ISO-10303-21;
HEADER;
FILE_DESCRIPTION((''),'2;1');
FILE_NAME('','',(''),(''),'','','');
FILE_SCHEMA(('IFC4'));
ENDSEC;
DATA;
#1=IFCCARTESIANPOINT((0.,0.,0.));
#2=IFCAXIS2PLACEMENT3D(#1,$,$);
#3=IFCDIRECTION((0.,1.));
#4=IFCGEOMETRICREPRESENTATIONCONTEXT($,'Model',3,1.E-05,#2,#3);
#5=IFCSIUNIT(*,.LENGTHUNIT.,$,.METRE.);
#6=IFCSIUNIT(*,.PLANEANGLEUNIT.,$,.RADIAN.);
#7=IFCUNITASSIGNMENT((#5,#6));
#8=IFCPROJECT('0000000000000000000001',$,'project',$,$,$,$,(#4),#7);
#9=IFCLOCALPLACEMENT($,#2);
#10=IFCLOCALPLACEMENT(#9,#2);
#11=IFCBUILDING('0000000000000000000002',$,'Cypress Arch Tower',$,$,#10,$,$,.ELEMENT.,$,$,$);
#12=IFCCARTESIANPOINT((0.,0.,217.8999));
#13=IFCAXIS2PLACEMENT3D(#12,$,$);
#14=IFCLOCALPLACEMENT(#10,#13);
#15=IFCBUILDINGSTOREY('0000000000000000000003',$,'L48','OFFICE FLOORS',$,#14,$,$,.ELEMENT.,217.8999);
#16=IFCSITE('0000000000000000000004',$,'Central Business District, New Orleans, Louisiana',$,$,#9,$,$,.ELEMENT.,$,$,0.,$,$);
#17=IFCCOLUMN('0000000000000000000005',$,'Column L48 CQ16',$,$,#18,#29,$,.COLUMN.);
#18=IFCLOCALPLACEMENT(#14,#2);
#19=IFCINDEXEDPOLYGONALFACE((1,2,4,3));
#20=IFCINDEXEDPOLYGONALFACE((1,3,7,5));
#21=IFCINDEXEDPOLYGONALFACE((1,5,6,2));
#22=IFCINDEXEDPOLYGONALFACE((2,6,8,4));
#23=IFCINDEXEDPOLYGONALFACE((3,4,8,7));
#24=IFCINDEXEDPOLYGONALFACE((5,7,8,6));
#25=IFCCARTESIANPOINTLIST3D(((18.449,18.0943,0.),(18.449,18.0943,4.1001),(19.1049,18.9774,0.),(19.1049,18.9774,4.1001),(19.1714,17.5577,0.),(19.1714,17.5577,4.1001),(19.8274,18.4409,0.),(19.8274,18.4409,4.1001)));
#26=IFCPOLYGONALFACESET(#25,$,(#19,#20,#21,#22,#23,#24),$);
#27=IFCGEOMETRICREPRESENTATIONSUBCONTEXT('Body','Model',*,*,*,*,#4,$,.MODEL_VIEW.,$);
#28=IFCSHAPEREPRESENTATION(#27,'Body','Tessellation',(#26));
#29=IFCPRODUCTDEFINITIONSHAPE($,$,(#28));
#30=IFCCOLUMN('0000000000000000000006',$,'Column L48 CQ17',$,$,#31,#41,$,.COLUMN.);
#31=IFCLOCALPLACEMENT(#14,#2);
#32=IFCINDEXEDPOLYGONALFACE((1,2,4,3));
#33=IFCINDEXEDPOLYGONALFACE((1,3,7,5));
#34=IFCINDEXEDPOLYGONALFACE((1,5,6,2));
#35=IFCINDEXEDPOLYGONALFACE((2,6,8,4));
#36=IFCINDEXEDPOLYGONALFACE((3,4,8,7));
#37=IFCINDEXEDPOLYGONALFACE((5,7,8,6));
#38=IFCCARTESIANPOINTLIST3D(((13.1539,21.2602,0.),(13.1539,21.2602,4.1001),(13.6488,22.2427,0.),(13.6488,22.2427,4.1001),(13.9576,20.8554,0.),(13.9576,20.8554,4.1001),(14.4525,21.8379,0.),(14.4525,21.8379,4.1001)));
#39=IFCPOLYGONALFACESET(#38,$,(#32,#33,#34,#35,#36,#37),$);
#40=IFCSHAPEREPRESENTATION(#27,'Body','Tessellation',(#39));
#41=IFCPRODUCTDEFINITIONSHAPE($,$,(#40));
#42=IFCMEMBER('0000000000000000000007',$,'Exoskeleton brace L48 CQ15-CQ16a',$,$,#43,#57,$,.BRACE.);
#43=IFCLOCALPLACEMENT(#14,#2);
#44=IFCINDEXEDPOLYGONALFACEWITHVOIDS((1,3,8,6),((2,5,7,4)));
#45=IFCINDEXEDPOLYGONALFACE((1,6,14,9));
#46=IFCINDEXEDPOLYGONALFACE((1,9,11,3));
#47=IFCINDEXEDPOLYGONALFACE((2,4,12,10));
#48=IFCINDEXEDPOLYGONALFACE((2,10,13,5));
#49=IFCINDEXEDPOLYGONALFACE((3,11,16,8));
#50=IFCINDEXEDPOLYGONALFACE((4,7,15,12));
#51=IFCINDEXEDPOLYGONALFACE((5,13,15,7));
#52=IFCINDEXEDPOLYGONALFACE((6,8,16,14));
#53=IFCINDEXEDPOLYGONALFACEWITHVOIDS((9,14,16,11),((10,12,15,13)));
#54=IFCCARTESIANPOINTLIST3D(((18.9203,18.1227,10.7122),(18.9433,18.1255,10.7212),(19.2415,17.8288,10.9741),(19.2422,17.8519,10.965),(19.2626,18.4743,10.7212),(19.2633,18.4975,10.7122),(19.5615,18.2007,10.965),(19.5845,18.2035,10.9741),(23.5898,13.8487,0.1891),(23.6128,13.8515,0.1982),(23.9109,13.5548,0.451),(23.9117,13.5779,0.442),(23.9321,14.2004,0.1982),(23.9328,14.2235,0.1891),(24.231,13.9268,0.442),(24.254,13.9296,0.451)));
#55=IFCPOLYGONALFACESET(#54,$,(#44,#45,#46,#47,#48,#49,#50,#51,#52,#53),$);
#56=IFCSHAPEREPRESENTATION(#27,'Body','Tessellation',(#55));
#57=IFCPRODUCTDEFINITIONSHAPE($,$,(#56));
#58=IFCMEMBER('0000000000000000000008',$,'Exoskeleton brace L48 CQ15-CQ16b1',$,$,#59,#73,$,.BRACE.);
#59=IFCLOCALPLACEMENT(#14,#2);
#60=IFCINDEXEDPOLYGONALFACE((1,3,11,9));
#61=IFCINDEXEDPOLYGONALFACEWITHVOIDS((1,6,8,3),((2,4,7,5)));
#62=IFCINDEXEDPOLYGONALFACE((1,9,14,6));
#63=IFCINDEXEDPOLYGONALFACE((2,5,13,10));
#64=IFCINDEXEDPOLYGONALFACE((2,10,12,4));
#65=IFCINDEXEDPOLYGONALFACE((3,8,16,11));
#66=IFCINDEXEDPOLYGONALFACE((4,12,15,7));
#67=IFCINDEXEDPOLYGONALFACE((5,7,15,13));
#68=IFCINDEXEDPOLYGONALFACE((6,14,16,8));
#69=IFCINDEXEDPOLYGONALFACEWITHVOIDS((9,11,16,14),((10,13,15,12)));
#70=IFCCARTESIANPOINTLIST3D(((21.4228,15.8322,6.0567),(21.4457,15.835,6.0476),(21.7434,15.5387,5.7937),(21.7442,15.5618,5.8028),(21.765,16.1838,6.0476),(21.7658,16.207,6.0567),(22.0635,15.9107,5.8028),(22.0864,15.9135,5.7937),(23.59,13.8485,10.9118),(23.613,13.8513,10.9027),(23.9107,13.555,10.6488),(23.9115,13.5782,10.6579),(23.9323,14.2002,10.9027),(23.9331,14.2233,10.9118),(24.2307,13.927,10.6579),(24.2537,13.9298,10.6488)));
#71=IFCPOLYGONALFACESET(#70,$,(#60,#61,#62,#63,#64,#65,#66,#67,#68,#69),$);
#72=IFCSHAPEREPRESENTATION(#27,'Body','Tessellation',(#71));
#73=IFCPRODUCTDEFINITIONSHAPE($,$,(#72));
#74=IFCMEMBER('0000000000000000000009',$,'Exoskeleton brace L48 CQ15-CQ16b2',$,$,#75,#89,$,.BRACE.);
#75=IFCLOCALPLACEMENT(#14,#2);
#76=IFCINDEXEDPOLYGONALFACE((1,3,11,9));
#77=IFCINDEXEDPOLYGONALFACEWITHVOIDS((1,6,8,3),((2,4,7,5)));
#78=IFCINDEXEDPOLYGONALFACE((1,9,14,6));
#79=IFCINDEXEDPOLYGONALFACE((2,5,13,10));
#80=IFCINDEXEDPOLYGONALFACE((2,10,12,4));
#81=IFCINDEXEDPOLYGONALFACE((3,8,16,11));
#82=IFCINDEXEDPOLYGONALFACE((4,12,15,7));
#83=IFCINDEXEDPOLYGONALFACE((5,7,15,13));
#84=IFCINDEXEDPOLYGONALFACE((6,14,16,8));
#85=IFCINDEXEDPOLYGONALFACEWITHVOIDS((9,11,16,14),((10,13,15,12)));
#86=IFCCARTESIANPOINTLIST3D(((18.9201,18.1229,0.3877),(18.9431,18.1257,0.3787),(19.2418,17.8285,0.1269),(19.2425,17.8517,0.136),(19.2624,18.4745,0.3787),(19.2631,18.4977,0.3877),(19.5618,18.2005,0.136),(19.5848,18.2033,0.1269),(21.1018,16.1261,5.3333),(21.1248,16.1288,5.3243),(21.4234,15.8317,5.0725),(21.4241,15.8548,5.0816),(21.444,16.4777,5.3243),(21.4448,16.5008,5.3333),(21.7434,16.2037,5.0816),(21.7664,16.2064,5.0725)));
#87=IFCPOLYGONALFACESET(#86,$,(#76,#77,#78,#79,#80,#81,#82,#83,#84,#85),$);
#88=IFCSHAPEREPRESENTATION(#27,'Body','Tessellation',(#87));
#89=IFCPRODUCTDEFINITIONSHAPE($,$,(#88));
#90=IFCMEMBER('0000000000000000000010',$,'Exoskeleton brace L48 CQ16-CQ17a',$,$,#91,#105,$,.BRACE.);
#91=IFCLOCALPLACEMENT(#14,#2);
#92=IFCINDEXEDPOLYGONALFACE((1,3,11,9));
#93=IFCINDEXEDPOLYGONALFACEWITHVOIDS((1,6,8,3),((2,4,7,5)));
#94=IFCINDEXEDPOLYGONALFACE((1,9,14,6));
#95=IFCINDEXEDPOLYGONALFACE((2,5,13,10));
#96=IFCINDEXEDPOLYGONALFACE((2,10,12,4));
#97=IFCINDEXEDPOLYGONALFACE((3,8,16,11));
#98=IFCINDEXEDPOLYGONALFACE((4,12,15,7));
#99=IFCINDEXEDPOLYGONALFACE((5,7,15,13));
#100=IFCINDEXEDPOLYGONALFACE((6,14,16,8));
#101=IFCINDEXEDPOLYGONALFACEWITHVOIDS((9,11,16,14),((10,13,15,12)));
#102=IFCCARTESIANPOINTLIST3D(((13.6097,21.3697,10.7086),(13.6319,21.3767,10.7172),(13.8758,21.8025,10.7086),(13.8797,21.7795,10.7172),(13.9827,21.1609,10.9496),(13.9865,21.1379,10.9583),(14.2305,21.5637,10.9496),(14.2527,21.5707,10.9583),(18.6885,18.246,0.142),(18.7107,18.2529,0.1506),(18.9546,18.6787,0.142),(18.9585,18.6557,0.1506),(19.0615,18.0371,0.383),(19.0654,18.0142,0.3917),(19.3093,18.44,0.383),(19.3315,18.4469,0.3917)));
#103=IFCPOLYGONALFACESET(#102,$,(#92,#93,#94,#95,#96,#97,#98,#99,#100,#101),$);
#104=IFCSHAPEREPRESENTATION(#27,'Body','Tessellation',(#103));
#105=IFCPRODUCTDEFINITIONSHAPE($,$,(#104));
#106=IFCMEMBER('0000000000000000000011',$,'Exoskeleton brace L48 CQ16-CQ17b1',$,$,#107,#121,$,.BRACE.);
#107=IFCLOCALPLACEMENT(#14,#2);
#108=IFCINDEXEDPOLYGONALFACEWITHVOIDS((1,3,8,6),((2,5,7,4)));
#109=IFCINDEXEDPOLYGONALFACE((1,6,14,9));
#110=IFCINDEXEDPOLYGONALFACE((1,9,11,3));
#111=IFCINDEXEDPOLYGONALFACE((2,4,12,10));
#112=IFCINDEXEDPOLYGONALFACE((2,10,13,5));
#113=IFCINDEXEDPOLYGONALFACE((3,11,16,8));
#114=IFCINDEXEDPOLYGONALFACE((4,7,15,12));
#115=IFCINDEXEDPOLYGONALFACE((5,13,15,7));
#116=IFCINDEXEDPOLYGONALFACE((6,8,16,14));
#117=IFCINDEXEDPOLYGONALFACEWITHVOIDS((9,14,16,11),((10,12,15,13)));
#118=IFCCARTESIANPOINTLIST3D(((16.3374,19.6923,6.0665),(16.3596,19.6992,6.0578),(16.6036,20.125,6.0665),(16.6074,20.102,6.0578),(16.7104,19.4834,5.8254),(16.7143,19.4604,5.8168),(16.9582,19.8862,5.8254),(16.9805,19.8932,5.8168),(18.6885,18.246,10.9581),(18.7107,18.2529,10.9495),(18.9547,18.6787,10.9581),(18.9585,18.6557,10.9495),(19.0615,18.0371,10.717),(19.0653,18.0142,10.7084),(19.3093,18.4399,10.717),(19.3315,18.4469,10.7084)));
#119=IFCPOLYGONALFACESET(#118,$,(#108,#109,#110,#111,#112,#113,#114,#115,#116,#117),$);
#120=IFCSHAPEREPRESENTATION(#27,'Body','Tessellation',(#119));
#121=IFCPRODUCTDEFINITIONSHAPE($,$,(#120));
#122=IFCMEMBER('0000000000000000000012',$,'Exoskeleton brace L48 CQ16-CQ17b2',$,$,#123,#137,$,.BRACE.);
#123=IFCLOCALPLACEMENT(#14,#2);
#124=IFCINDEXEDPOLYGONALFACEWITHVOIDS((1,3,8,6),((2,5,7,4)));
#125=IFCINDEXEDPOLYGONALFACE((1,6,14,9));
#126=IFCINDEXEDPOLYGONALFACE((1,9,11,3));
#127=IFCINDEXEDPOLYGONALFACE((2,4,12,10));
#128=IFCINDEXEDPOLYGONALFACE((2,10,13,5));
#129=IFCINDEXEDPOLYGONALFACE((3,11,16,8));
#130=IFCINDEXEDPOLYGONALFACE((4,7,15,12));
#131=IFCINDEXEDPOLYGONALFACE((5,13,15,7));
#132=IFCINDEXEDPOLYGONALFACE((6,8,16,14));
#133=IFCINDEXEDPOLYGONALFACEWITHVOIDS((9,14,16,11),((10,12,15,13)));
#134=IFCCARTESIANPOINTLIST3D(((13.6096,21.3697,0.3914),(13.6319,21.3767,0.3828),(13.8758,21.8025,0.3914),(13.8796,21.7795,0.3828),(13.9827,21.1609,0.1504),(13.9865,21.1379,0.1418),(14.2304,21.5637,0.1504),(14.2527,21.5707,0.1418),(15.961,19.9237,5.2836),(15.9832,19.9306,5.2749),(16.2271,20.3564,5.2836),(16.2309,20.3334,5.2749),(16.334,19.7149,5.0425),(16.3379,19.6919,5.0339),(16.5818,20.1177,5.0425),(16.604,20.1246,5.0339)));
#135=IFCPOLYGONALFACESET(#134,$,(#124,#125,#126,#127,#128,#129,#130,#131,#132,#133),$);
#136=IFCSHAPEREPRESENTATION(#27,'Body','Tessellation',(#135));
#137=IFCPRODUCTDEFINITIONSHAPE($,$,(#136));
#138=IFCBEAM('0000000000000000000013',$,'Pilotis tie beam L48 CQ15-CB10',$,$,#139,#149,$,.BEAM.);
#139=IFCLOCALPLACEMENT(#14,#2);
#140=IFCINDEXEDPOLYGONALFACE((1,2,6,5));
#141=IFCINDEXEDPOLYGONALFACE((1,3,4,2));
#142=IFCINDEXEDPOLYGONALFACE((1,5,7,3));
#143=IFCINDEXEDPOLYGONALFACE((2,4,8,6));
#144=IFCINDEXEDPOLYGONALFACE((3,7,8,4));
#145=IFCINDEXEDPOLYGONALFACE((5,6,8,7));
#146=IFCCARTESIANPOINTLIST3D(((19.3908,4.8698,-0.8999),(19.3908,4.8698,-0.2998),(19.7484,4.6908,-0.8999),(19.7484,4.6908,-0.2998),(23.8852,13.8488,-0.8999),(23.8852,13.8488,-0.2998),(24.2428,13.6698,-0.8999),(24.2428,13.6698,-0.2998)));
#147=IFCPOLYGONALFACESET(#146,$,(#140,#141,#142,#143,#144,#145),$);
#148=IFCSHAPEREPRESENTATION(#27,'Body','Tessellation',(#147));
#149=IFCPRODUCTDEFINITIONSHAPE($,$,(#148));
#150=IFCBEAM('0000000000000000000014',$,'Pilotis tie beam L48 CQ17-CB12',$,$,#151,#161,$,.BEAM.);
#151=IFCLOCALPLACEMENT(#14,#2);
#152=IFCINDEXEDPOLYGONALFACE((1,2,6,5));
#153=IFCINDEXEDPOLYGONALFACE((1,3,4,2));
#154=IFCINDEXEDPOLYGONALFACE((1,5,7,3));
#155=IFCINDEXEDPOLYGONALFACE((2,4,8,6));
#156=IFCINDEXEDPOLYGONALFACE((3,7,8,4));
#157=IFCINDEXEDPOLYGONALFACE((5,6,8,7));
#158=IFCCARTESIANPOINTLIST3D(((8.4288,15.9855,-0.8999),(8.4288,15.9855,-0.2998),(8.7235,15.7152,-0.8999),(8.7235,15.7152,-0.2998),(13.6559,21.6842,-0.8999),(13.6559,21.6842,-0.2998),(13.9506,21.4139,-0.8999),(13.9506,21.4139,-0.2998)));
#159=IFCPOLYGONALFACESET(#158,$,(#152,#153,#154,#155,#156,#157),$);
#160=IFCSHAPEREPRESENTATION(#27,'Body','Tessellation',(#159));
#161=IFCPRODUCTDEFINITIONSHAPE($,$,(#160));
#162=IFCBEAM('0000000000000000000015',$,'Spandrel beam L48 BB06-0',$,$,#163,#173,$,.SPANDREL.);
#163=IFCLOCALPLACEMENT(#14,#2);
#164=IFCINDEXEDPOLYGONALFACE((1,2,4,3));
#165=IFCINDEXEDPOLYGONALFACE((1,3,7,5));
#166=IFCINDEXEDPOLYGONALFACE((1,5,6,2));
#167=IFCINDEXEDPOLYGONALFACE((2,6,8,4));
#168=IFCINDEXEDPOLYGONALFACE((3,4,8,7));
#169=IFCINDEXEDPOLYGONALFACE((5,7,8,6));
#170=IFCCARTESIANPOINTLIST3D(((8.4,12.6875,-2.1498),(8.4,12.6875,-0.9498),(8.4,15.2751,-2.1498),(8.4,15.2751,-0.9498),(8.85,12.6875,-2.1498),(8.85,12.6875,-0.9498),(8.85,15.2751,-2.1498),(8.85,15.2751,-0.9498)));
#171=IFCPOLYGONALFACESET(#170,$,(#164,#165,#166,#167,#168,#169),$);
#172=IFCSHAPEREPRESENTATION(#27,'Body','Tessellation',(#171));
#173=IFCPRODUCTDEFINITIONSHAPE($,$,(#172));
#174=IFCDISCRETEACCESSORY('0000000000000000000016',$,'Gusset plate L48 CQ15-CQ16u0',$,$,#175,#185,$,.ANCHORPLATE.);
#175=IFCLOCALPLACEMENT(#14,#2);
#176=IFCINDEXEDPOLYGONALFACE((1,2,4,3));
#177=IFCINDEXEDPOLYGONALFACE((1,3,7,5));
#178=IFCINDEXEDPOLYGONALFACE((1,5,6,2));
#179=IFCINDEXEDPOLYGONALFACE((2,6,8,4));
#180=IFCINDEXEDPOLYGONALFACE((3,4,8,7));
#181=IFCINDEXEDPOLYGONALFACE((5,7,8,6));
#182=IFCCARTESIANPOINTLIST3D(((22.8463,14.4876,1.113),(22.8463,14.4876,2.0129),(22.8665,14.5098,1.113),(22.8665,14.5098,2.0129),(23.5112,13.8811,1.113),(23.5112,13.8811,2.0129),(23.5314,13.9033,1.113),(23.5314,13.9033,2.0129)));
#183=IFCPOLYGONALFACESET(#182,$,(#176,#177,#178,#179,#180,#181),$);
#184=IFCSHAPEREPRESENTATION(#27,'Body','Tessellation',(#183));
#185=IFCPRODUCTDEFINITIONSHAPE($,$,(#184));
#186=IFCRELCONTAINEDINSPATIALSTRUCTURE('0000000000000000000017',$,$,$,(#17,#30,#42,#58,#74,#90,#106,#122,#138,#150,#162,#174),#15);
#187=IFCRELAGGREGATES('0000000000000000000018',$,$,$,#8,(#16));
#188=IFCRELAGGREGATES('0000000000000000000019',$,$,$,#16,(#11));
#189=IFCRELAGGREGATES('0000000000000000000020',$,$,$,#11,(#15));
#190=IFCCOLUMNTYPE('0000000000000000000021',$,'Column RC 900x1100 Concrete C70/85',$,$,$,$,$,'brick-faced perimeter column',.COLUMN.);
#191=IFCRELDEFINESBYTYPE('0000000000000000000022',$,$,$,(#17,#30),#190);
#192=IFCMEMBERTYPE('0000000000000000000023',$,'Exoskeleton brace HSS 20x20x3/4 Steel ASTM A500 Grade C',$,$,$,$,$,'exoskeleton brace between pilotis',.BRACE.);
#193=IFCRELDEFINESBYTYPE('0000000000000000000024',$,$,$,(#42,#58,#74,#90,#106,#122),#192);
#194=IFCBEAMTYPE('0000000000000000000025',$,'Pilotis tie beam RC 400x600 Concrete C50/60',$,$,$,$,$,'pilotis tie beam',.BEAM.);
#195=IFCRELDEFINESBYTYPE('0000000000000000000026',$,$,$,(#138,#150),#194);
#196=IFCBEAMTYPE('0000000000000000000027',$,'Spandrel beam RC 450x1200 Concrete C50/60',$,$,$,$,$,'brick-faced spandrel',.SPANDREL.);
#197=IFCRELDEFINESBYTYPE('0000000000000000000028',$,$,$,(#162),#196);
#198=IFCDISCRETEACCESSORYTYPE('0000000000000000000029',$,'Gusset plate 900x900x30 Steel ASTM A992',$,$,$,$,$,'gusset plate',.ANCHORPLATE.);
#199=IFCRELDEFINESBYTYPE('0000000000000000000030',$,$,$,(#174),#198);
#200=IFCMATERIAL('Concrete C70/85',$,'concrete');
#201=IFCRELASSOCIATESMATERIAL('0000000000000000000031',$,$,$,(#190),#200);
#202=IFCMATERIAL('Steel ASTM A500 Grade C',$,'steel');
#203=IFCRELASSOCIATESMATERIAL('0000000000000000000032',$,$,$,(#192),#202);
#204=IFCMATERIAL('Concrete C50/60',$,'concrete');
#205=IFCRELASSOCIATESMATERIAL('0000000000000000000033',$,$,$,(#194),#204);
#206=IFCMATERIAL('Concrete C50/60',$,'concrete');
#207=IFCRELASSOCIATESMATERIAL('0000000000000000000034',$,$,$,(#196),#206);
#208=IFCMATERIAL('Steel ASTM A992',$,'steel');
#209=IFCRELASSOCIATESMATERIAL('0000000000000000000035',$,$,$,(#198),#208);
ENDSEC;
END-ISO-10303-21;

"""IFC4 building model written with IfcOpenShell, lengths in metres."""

from ifc_helpers import new_model, si_unit, direction, frame, origin, origin_2d, place, context, subcontext, project, spatial, rectangle, hollow_rectangle, extrude, material, material_profile, profile_set, type_object, element, save


model = new_model("IFC4")

# Units and contexts
model_context = context("Model", 3, precision=1e-05, world=origin(), true_north=direction((0.0, 1.0)))
body_context = subcontext(model_context, "Body", "Model", "MODEL_VIEW")
ifc_project = project(units=[si_unit("LENGTHUNIT", "METRE"), si_unit("PLANEANGLEUNIT", "RADIAN")], contexts=[model_context])

# Site, building, storey
site_placement = place(None, origin())
site = spatial("IfcSite", under=ifc_project, at=site_placement, Name="Central Business District, New Orleans, Louisiana", CompositionType="ELEMENT", RefElevation=0.0)
building_placement = place(site_placement, origin())
building = spatial("IfcBuilding", under=site, at=building_placement, Name="Cypress Arch Tower", CompositionType="ELEMENT")
storey_placement = place(building_placement, frame((0.0, 0.0, 217.8999)))
storey = spatial("IfcBuildingStorey", under=building, at=storey_placement, Name="L48", Description="OFFICE FLOORS", CompositionType="ELEMENT", Elevation=217.8999)

# Columns
ifc_material_1 = material(Name="Concrete C70/85", Category="concrete")
ifc_material_profile_1 = material_profile(ifc_material_1, rectangle(XDim=0.8999, YDim=1.1001, at=origin_2d()), Name="RC 900x1100")
ifc_profile_set_1 = profile_set([ifc_material_profile_1], Name="Concrete C70/85")
column_type = type_object("IfcColumnType", Name="Column RC 900x1100 Concrete C70/85", ElementType="brick-faced perimeter column", PredefinedType="COLUMN", material=ifc_profile_set_1)
for number, where, z_axis, x_axis, name in (
    (1, (19.1382, 18.2676, 0.0), (0.0, 0.0, 1.0), (-0.802799, 0.59625, 0.0), "Column L48 CQ16"),
    (2, (13.8032, 21.5491, 0.0), (0.0, 0.0, 1.0), (-0.893106, 0.449845, 0.0), "Column L48 CQ17"),
):
    element("IfcColumn", number, at=place(storey_placement, frame(where, z_axis=z_axis, x_axis=x_axis)), inside=storey, type_object=column_type, Name=name, PredefinedType="COLUMN", context=body_context, shape_type="SweptSolid", body=[
        extrude(rectangle(XDim=0.8999, YDim=1.1001, at=origin_2d()), origin(), (0.0, 0.0, 1.0), 4.1001),
    ])

# Members
ifc_material_2 = material(Name="Steel ASTM A500 Grade C", Category="steel")
ifc_material_profile_2 = material_profile(ifc_material_2, hollow_rectangle(XDim=0.5081, YDim=0.5081, WallThickness=0.0176, at=origin_2d()), Name="HSS 20x20x3/4")
ifc_profile_set_2 = profile_set([ifc_material_profile_2], Name="Steel ASTM A500 Grade C")
member_type = type_object("IfcMemberType", Name="Exoskeleton brace HSS 20x20x3/4 Steel ASTM A500 Grade C", ElementType="exoskeleton brace between pilotis", PredefinedType="BRACE", material=ifc_profile_set_2)
member_1_placement = place(storey_placement, frame((23.9219, 13.8892, 0.3201), z_axis=(-0.380242, 0.348035, 0.856906), x_axis=(-0.675176, -0.737657, 0.0)))
element("IfcMember", 3, at=member_1_placement, inside=storey, type_object=member_type, Name="Exoskeleton brace L48 CQ15-CQ16a", PredefinedType="BRACE", context=body_context, shape_type="SweptSolid", body=[
    extrude(hollow_rectangle(XDim=0.5081, YDim=0.5081, WallThickness=0.0176, at=origin_2d()), origin(), (0.0, 0.0, 1.0), 12.2803),
])
member_2_placement = place(storey_placement, frame((23.9219, 13.8892, 10.7803), z_axis=(-0.38191, 0.349557, -0.855544), x_axis=(-0.675171, -0.737661, 0.0)))
element("IfcMember", 4, at=member_2_placement, inside=storey, type_object=member_type, Name="Exoskeleton brace L48 CQ15-CQ16b1", PredefinedType="BRACE", context=body_context, shape_type="SweptSolid", body=[
    extrude(hollow_rectangle(XDim=0.5081, YDim=0.5081, WallThickness=0.0176, at=origin_2d()), origin(), (0.0, 0.0, 1.0), 5.6748),
])
member_3_placement = place(storey_placement, frame((19.2524, 18.1631, 0.2573), z_axis=(0.378598, -0.346526, 0.858244), x_axis=(0.675171, 0.737661, 0.0)))
element("IfcMember", 5, at=member_3_placement, inside=storey, type_object=member_type, Name="Exoskeleton brace L48 CQ15-CQ16b2", PredefinedType="BRACE", context=body_context, shape_type="SweptSolid", body=[
    extrude(hollow_rectangle(XDim=0.5081, YDim=0.5081, WallThickness=0.0176, at=origin_2d()), origin(), (0.0, 0.0, 1.0), 5.7625),
])
member_4_placement = place(storey_placement, frame((19.01, 18.3464, 0.2668), z_axis=(-0.418603, 0.257464, 0.87091), x_axis=(-0.523894, -0.851783, 0.0)))
element("IfcMember", 6, at=member_4_placement, inside=storey, type_object=member_type, Name="Exoskeleton brace L48 CQ16-CQ17a", PredefinedType="BRACE", context=body_context, shape_type="SweptSolid", body=[
    extrude(hollow_rectangle(XDim=0.5081, YDim=0.5081, WallThickness=0.0176, at=origin_2d()), origin(), (0.0, 0.0, 1.0), 12.1328),
])
member_5_placement = place(storey_placement, frame((19.01, 18.3464, 10.8333), z_axis=(-0.418588, 0.257499, -0.870907), x_axis=(-0.523959, -0.851743, 0.0)))
element("IfcMember", 7, at=member_5_placement, inside=storey, type_object=member_type, Name="Exoskeleton brace L48 CQ16-CQ17b1", PredefinedType="BRACE", context=body_context, shape_type="SweptSolid", body=[
    extrude(hollow_rectangle(XDim=0.5081, YDim=0.5081, WallThickness=0.0176, at=origin_2d()), origin(), (0.0, 0.0, 1.0), 5.6167),
])
member_6_placement = place(storey_placement, frame((13.9312, 21.4702, 0.2666), z_axis=(0.418597, -0.257434, 0.870921), x_axis=(0.523856, 0.851807, 0.0)))
element("IfcMember", 8, at=member_6_placement, inside=storey, type_object=member_type, Name="Exoskeleton brace L48 CQ16-CQ17b2", PredefinedType="BRACE", context=body_context, shape_type="SweptSolid", body=[
    extrude(hollow_rectangle(XDim=0.5081, YDim=0.5081, WallThickness=0.0176, at=origin_2d()), origin(), (0.0, 0.0, 1.0), 5.6172),
])

# Beams
ifc_material_3 = material(Name="Concrete C50/60", Category="concrete")
ifc_material_profile_3 = material_profile(ifc_material_3, rectangle(XDim=0.3999, YDim=0.6001, at=origin_2d()), Name="RC 400x600")
ifc_profile_set_3 = profile_set([ifc_material_profile_3], Name="Concrete C50/60")
beam_type_1 = type_object("IfcBeamType", Name="Pilotis tie beam RC 400x600 Concrete C50/60", ElementType="pilotis tie beam", PredefinedType="BEAM", material=ifc_profile_set_3)
beam_1_placement = place(storey_placement, frame((24.064, 13.7593, -0.5999), z_axis=(-0.447603, -0.894233, 0.0), x_axis=(0.894233, -0.447603, 0.0)))
element("IfcBeam", 9, at=beam_1_placement, inside=storey, type_object=beam_type_1, Name="Pilotis tie beam L48 CQ15-CB10", PredefinedType="BEAM", context=body_context, shape_type="SweptSolid", body=[
    extrude(rectangle(XDim=0.3999, YDim=0.6001, at=origin_2d()), origin(), (0.0, 0.0, 1.0), 10.041),
])
beam_2_placement = place(storey_placement, frame((13.8032, 21.5491, -0.5999), z_axis=(-0.67595, -0.736947, 0.0), x_axis=(0.736947, -0.67595, 0.0)))
element("IfcBeam", 10, at=beam_2_placement, inside=storey, type_object=beam_type_1, Name="Pilotis tie beam L48 CQ17-CB12", PredefinedType="BEAM", context=body_context, shape_type="SweptSolid", body=[
    extrude(rectangle(XDim=0.3999, YDim=0.6001, at=origin_2d()), origin(), (0.0, 0.0, 1.0), 7.7329),
])
ifc_material_4 = material(Name="Concrete C50/60", Category="concrete")
ifc_material_profile_4 = material_profile(ifc_material_4, rectangle(XDim=0.45, YDim=1.2, at=origin_2d()), Name="RC 450x1200")
ifc_profile_set_4 = profile_set([ifc_material_profile_4], Name="Concrete C50/60")
beam_type_2 = type_object("IfcBeamType", Name="Spandrel beam RC 450x1200 Concrete C50/60", ElementType="brick-faced spandrel", PredefinedType="SPANDREL", material=ifc_profile_set_4)
beam_3_placement = place(storey_placement, frame((8.625, 15.2751, -1.5498), z_axis=(0.0, -1.0, 0.0), x_axis=(1.0, 0.0, 0.0)))
element("IfcBeam", 11, at=beam_3_placement, inside=storey, type_object=beam_type_2, Name="Spandrel beam L48 BB06-0", PredefinedType="SPANDREL", context=body_context, shape_type="SweptSolid", body=[
    extrude(rectangle(XDim=0.45, YDim=1.2, at=origin_2d()), origin(), (0.0, 0.0, 1.0), 2.5876),
])

# Discrete accessory
ifc_material_5 = material(Name="Steel ASTM A992", Category="steel")
ifc_material_profile_5 = material_profile(ifc_material_5, rectangle(XDim=0.8999, YDim=0.8999, at=origin_2d()), Name="PL 30 900x900")
ifc_profile_set_5 = profile_set([ifc_material_profile_5], Name="Steel ASTM A992")
discrete_accessory_type_1 = type_object("IfcDiscreteAccessoryType", Name="Gusset plate 900x900x30 Steel ASTM A992", ElementType="gusset plate", PredefinedType="ANCHORPLATE", material=ifc_profile_set_5)
discrete_accessory_1_placement = place(storey_placement, frame((23.199, 14.2065, 1.563), z_axis=(-0.673884, -0.738837, 0.0), x_axis=(0.738837, -0.673884, 0.0)))
element("IfcDiscreteAccessory", 12, at=discrete_accessory_1_placement, inside=storey, type_object=discrete_accessory_type_1, Name="Gusset plate L48 CQ15-CQ16u0", PredefinedType="ANCHORPLATE", context=body_context, shape_type="SweptSolid", body=[
    extrude(rectangle(XDim=0.8999, YDim=0.8999, at=origin_2d()), origin(), (0.0, 0.0, 1.0), 0.03),
])

save(model, "model.ifc")
